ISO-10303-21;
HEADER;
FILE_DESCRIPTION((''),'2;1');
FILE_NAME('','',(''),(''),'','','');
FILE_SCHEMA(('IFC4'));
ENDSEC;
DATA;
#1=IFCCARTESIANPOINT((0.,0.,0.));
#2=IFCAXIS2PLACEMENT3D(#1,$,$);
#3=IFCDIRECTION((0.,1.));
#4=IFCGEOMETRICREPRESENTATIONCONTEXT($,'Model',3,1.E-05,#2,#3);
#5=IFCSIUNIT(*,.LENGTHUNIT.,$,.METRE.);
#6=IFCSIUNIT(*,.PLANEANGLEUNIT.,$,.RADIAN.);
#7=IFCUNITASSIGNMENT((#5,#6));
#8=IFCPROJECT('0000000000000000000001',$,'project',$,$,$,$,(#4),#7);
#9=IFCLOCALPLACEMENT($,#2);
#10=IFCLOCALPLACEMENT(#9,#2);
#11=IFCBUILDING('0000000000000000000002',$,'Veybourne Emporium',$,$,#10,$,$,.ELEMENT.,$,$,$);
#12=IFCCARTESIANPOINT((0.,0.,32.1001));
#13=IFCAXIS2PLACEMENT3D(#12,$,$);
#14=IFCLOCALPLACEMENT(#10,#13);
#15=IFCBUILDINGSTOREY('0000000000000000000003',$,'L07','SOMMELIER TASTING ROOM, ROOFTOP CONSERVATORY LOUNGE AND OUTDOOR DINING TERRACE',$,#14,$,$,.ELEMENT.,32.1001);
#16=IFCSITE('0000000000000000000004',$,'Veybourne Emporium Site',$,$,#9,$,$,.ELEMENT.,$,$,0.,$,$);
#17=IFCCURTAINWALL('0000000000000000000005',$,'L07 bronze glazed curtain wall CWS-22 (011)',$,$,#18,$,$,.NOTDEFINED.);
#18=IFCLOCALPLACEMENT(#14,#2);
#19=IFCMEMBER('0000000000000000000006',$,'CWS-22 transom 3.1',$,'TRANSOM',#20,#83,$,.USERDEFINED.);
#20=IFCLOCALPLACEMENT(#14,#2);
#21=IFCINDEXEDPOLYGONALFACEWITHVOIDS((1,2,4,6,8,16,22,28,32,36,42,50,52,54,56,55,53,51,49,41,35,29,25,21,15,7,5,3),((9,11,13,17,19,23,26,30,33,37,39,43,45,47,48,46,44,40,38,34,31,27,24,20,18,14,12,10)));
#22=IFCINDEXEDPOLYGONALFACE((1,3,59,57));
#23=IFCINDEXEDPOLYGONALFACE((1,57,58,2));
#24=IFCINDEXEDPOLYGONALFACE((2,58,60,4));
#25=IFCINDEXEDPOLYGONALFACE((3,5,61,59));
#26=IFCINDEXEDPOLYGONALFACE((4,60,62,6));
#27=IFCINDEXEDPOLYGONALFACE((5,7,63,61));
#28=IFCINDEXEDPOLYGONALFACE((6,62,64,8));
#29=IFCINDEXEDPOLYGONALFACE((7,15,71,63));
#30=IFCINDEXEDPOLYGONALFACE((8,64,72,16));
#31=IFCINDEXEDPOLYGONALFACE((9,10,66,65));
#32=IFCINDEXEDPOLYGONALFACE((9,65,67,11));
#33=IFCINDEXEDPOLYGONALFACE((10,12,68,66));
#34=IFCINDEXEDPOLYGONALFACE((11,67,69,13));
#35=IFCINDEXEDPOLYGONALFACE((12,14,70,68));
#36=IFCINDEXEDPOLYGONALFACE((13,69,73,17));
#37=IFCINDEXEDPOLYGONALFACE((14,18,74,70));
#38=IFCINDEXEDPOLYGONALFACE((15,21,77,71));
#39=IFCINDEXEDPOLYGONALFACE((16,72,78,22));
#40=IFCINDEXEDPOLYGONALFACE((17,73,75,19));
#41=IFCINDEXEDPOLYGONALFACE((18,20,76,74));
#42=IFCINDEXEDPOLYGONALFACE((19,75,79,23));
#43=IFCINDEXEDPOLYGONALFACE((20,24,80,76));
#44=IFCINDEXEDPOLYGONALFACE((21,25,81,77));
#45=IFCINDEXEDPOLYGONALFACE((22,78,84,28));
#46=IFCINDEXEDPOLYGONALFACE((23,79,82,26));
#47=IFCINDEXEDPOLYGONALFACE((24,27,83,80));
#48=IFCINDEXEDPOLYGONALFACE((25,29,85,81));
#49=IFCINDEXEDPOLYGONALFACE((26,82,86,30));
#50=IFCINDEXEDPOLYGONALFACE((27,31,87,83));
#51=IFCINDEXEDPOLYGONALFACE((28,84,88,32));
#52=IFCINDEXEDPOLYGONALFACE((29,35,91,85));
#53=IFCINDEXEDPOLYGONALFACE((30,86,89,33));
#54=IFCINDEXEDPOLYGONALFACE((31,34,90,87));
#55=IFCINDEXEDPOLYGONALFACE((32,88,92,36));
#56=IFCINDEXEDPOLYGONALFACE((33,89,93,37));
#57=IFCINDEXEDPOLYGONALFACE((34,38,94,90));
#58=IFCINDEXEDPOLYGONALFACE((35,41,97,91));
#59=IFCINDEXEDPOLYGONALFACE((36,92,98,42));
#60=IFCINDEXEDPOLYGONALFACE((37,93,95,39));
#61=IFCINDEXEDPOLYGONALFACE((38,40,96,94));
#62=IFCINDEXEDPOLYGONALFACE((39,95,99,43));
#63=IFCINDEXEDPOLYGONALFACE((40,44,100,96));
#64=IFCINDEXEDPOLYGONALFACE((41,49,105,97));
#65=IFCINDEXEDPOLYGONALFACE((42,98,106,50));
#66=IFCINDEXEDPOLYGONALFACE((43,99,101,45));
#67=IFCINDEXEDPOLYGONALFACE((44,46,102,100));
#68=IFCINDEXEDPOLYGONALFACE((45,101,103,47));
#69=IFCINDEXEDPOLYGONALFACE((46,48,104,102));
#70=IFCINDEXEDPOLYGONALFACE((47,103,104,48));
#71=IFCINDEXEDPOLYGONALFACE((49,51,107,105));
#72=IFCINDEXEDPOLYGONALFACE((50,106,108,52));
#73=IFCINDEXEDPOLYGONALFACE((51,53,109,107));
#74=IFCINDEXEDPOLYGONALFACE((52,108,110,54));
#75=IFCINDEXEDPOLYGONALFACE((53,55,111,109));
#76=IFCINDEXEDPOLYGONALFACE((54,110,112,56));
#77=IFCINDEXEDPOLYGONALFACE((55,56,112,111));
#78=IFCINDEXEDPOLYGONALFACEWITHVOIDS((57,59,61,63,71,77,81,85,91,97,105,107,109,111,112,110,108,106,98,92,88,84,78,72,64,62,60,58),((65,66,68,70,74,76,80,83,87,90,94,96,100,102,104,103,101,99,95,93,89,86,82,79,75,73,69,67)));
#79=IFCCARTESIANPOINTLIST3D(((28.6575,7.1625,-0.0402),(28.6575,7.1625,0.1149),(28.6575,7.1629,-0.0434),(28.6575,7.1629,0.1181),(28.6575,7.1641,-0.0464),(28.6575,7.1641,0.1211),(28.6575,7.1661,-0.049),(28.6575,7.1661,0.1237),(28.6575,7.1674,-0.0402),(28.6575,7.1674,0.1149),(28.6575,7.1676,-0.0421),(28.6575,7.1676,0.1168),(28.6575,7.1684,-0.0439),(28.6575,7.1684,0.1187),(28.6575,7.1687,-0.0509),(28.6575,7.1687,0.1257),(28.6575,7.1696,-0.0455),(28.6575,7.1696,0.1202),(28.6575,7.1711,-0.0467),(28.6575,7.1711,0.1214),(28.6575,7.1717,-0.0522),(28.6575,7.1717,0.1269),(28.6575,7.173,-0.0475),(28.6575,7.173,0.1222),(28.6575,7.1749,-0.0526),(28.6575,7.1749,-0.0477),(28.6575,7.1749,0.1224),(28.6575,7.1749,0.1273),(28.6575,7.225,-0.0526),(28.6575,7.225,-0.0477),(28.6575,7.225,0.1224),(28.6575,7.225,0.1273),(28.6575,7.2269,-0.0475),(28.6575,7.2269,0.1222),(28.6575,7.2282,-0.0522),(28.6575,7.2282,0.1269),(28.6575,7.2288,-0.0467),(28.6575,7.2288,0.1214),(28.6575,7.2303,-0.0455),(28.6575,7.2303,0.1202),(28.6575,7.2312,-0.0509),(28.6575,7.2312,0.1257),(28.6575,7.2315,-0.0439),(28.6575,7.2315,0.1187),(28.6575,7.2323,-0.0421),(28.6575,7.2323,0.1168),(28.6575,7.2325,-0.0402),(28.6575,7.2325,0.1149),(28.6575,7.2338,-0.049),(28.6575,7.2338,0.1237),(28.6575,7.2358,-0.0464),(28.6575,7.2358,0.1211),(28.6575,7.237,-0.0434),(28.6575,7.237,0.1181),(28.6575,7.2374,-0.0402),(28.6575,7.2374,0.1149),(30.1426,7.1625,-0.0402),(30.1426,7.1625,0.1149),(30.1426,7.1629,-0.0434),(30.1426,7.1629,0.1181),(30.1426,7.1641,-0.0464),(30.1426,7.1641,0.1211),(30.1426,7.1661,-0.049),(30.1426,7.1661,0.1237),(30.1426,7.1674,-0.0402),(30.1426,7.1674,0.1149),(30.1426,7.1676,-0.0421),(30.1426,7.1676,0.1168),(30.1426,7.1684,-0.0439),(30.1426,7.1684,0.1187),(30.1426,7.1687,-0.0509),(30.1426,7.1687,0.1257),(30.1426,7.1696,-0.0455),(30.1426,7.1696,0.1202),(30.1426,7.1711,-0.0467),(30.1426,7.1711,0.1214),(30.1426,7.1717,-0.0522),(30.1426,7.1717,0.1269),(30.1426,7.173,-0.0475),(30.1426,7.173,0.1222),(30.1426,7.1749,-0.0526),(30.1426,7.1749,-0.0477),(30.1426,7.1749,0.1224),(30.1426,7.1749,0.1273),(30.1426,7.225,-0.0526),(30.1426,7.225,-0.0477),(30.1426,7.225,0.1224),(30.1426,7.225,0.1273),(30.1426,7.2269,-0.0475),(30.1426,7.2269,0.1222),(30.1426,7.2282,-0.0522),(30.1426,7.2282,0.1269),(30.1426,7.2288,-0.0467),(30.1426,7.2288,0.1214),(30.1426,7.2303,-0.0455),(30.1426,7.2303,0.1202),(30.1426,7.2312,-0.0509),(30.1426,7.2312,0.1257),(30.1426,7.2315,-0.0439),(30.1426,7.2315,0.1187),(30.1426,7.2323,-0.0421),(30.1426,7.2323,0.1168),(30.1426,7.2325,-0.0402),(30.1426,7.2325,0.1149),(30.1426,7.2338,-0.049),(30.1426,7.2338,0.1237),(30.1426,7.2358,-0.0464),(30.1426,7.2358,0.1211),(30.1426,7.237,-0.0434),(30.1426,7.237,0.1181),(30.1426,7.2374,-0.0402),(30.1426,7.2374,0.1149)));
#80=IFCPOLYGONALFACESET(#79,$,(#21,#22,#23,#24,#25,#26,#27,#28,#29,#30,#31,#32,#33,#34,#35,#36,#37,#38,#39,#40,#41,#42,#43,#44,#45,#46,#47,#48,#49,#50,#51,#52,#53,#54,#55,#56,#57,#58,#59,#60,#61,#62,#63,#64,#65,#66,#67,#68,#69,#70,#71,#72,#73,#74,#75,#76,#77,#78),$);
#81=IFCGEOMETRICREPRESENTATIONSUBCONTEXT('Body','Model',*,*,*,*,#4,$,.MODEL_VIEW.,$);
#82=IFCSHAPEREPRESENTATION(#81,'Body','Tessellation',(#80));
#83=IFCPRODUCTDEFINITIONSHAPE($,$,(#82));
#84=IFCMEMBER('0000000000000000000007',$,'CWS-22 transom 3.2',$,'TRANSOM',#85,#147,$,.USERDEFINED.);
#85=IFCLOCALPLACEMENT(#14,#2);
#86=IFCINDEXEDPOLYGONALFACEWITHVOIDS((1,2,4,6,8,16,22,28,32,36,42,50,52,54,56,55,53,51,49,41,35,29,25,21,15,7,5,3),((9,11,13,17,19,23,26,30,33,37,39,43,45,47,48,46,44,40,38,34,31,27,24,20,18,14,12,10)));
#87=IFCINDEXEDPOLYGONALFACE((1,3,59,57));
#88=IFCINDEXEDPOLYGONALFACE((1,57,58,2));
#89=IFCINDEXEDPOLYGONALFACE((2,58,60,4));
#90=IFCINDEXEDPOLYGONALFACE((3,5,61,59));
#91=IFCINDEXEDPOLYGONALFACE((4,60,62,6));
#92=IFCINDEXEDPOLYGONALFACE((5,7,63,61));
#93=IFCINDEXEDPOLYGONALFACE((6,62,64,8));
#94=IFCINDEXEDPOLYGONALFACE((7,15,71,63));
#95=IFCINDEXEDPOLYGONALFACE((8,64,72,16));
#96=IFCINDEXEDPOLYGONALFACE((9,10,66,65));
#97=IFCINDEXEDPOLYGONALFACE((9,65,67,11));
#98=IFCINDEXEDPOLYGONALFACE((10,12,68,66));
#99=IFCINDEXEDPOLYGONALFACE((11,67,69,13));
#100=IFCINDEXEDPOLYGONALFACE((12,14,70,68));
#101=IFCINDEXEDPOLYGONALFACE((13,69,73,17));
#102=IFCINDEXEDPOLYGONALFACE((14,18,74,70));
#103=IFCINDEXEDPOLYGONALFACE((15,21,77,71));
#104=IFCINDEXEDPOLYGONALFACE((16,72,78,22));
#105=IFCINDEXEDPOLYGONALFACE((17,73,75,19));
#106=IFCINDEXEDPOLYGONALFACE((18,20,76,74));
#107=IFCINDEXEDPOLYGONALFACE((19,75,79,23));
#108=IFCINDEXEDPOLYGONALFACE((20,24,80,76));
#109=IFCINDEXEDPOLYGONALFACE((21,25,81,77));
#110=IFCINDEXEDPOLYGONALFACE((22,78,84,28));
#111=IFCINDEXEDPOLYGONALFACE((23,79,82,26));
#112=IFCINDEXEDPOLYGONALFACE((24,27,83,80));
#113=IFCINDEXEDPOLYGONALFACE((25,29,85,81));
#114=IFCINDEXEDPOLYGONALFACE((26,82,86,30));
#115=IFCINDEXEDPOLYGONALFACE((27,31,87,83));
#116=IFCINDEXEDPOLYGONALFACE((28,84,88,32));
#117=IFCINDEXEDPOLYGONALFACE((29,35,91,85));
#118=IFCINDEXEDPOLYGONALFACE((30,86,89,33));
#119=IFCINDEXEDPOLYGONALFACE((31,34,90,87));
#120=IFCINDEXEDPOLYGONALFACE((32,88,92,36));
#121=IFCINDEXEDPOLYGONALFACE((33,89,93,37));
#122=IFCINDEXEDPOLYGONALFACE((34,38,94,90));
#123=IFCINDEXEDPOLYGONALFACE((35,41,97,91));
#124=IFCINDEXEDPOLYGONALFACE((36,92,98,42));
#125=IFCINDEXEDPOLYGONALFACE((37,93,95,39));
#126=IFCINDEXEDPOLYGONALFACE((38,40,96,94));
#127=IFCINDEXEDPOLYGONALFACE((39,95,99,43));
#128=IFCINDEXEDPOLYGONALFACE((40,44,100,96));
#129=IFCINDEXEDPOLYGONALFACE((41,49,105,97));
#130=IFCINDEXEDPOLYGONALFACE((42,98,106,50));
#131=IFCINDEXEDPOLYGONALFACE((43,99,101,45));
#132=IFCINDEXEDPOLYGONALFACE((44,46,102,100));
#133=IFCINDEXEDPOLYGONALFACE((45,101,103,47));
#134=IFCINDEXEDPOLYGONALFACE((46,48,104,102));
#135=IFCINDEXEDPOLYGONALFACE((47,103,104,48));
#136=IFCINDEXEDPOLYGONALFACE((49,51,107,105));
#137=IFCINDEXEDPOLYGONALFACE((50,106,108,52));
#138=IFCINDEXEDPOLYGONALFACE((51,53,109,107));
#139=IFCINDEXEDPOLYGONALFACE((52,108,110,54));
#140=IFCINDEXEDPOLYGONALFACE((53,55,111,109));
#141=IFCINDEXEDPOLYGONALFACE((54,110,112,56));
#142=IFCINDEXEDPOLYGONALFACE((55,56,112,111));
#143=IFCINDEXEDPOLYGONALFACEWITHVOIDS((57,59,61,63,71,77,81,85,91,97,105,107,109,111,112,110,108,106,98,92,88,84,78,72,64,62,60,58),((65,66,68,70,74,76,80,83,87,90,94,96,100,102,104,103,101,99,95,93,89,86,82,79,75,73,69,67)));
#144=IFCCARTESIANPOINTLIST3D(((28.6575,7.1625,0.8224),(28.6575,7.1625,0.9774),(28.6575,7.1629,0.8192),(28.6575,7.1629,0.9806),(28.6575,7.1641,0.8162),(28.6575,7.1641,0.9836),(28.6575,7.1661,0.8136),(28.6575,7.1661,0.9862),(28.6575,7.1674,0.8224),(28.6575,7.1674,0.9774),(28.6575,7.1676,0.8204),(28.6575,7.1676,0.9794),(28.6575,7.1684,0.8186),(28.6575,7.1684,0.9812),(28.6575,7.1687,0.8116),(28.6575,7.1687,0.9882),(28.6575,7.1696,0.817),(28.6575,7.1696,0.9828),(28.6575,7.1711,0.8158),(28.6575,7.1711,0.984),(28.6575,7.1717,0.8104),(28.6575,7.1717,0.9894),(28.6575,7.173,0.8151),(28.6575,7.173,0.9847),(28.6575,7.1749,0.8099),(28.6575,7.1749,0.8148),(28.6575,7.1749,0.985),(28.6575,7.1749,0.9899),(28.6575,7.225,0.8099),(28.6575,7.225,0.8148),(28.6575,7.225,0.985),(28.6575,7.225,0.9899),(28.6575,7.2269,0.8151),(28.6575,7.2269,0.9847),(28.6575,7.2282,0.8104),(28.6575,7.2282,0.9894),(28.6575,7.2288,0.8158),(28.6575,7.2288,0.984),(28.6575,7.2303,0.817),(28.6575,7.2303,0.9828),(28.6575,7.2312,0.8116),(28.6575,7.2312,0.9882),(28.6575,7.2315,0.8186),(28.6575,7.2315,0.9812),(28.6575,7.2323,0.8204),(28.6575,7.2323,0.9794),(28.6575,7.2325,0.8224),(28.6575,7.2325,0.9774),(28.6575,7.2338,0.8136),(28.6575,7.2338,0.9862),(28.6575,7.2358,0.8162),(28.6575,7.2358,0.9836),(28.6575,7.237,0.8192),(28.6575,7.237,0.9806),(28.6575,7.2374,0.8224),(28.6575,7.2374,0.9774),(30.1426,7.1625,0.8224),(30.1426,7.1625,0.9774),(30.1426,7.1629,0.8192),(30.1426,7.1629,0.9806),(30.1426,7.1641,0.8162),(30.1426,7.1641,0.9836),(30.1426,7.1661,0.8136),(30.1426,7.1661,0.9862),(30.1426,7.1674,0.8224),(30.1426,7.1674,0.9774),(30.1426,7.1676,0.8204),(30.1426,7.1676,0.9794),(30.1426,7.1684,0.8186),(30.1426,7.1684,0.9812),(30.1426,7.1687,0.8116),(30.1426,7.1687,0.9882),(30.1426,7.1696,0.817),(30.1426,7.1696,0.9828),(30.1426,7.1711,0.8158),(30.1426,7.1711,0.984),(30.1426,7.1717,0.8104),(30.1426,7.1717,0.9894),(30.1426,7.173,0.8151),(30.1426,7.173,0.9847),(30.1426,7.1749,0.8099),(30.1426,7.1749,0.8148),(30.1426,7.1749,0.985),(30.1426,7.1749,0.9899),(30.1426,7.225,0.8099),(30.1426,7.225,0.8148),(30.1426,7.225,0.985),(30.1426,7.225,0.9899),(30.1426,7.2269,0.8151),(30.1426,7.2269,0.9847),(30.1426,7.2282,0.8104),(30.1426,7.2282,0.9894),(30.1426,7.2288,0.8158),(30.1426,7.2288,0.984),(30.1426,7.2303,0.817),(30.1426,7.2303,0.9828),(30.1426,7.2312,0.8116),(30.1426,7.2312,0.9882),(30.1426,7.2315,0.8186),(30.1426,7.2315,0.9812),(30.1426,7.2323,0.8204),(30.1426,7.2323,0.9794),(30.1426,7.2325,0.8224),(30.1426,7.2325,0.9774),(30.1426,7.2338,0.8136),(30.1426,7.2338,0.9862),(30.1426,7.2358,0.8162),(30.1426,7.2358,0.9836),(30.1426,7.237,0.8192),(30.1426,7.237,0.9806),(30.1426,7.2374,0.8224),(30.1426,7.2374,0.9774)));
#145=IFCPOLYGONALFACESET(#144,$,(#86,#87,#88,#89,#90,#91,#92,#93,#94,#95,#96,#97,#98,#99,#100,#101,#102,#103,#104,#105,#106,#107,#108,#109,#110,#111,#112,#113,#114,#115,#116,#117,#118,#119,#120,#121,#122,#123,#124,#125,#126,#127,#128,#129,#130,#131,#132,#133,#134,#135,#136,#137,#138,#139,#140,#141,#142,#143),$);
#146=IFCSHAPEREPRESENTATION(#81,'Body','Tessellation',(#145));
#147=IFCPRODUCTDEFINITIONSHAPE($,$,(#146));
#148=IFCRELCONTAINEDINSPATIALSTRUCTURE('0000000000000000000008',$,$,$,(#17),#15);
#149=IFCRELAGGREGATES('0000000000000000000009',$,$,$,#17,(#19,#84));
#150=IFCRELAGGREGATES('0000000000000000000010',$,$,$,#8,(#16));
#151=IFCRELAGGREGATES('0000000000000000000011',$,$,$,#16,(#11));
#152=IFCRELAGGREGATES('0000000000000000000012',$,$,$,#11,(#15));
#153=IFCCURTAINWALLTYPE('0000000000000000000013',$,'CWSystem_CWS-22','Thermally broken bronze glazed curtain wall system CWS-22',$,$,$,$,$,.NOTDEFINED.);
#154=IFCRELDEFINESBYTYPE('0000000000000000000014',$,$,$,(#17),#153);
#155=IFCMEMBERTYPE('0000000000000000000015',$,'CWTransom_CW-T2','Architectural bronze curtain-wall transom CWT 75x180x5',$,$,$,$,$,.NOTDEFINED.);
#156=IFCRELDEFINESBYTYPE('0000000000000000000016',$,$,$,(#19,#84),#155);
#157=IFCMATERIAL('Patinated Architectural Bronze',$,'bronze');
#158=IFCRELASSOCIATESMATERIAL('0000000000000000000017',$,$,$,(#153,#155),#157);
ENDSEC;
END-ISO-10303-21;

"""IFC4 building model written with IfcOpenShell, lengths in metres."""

from ifc_helpers import new_model, si_unit, direction, frame, origin, origin_2d, place, context, subcontext, project, spatial, hollow_rectangle, extrude, material, material_profile, profile_set, type_object, element, aggregate, save


model = new_model("IFC4")

# Units and contexts
model_context = context("Model", 3, precision=1e-05, world=origin(), true_north=direction((0.0, 1.0)))
body_context = subcontext(model_context, "Body", "Model", "MODEL_VIEW")
ifc_project = project(units=[si_unit("LENGTHUNIT", "METRE"), si_unit("PLANEANGLEUNIT", "RADIAN")], contexts=[model_context])

# Site, building, storey
site_placement = place(None, origin())
site = spatial("IfcSite", under=ifc_project, at=site_placement, Name="Veybourne Emporium Site", CompositionType="ELEMENT", RefElevation=0.0)
building_placement = place(site_placement, origin())
building = spatial("IfcBuilding", under=site, at=building_placement, Name="Veybourne Emporium", CompositionType="ELEMENT")
storey_placement = place(building_placement, frame((0.0, 0.0, 32.1001)))
storey = spatial("IfcBuildingStorey", under=building, at=storey_placement, Name="L07", Description="SOMMELIER TASTING ROOM, ROOFTOP CONSERVATORY LOUNGE AND OUTDOOR DINING TERRACE", CompositionType="ELEMENT", Elevation=32.1001)

# Curtain wall, members
ifc_material_1 = material(Name="Patinated Architectural Bronze", Category="bronze")
curtain_wall_type = type_object("IfcCurtainWallType", Name="CWSystem_CWS-22", Description="Thermally broken bronze glazed curtain wall system CWS-22", PredefinedType="NOTDEFINED", material=ifc_material_1)
curtain_wall_placement = place(storey_placement, origin())
curtain_wall = element("IfcCurtainWall", 1, at=curtain_wall_placement, inside=storey, type_object=curtain_wall_type, Name="L07 bronze glazed curtain wall CWS-22 (011)", PredefinedType="NOTDEFINED")
ifc_material_profile_1 = material_profile(ifc_material_1, hollow_rectangle(XDim=0.075, YDim=0.1799, WallThickness=0.0049, InnerFilletRadius=0.0076, OuterFilletRadius=0.0125, at=origin_2d()), Name="CWT 75x180x5")
ifc_profile_set_1 = profile_set([ifc_material_profile_1], Name="Patinated Architectural Bronze")
member_type_1 = type_object("IfcMemberType", Name="CWTransom_CW-T2", Description="Architectural bronze curtain-wall transom CWT 75x180x5", PredefinedType="NOTDEFINED", material=ifc_profile_set_1)
member_1_placement = place(storey_placement, frame((30.1426, 7.2, 0.0374), z_axis=(-1.0, 0.0, 0.0), x_axis=(0.0, -1.0, 0.0)))
member_1 = element("IfcMember", 2, at=member_1_placement, type_object=member_type_1, Name="CWS-22 transom 3.1", ObjectType="TRANSOM", PredefinedType="USERDEFINED", context=body_context, shape_type="SweptSolid", body=[
    extrude(hollow_rectangle(XDim=0.075, YDim=0.1799, WallThickness=0.0049, InnerFilletRadius=0.0076, OuterFilletRadius=0.0125, at=origin_2d()), origin(), (0.0, 0.0, 1.0), 1.4851),
])
member_2_placement = place(storey_placement, frame((30.1426, 7.2, 0.8999), z_axis=(-1.0, 0.0, 0.0), x_axis=(0.0, -1.0, 0.0)))
member_2 = element("IfcMember", 3, at=member_2_placement, type_object=member_type_1, Name="CWS-22 transom 3.2", ObjectType="TRANSOM", PredefinedType="USERDEFINED", context=body_context, shape_type="SweptSolid", body=[
    extrude(hollow_rectangle(XDim=0.075, YDim=0.1799, WallThickness=0.0049, InnerFilletRadius=0.0076, OuterFilletRadius=0.0125, at=origin_2d()), origin(), (0.0, 0.0, 1.0), 1.4851),
])

aggregate(curtain_wall, [member_1, member_2])

save(model, "model.ifc")
